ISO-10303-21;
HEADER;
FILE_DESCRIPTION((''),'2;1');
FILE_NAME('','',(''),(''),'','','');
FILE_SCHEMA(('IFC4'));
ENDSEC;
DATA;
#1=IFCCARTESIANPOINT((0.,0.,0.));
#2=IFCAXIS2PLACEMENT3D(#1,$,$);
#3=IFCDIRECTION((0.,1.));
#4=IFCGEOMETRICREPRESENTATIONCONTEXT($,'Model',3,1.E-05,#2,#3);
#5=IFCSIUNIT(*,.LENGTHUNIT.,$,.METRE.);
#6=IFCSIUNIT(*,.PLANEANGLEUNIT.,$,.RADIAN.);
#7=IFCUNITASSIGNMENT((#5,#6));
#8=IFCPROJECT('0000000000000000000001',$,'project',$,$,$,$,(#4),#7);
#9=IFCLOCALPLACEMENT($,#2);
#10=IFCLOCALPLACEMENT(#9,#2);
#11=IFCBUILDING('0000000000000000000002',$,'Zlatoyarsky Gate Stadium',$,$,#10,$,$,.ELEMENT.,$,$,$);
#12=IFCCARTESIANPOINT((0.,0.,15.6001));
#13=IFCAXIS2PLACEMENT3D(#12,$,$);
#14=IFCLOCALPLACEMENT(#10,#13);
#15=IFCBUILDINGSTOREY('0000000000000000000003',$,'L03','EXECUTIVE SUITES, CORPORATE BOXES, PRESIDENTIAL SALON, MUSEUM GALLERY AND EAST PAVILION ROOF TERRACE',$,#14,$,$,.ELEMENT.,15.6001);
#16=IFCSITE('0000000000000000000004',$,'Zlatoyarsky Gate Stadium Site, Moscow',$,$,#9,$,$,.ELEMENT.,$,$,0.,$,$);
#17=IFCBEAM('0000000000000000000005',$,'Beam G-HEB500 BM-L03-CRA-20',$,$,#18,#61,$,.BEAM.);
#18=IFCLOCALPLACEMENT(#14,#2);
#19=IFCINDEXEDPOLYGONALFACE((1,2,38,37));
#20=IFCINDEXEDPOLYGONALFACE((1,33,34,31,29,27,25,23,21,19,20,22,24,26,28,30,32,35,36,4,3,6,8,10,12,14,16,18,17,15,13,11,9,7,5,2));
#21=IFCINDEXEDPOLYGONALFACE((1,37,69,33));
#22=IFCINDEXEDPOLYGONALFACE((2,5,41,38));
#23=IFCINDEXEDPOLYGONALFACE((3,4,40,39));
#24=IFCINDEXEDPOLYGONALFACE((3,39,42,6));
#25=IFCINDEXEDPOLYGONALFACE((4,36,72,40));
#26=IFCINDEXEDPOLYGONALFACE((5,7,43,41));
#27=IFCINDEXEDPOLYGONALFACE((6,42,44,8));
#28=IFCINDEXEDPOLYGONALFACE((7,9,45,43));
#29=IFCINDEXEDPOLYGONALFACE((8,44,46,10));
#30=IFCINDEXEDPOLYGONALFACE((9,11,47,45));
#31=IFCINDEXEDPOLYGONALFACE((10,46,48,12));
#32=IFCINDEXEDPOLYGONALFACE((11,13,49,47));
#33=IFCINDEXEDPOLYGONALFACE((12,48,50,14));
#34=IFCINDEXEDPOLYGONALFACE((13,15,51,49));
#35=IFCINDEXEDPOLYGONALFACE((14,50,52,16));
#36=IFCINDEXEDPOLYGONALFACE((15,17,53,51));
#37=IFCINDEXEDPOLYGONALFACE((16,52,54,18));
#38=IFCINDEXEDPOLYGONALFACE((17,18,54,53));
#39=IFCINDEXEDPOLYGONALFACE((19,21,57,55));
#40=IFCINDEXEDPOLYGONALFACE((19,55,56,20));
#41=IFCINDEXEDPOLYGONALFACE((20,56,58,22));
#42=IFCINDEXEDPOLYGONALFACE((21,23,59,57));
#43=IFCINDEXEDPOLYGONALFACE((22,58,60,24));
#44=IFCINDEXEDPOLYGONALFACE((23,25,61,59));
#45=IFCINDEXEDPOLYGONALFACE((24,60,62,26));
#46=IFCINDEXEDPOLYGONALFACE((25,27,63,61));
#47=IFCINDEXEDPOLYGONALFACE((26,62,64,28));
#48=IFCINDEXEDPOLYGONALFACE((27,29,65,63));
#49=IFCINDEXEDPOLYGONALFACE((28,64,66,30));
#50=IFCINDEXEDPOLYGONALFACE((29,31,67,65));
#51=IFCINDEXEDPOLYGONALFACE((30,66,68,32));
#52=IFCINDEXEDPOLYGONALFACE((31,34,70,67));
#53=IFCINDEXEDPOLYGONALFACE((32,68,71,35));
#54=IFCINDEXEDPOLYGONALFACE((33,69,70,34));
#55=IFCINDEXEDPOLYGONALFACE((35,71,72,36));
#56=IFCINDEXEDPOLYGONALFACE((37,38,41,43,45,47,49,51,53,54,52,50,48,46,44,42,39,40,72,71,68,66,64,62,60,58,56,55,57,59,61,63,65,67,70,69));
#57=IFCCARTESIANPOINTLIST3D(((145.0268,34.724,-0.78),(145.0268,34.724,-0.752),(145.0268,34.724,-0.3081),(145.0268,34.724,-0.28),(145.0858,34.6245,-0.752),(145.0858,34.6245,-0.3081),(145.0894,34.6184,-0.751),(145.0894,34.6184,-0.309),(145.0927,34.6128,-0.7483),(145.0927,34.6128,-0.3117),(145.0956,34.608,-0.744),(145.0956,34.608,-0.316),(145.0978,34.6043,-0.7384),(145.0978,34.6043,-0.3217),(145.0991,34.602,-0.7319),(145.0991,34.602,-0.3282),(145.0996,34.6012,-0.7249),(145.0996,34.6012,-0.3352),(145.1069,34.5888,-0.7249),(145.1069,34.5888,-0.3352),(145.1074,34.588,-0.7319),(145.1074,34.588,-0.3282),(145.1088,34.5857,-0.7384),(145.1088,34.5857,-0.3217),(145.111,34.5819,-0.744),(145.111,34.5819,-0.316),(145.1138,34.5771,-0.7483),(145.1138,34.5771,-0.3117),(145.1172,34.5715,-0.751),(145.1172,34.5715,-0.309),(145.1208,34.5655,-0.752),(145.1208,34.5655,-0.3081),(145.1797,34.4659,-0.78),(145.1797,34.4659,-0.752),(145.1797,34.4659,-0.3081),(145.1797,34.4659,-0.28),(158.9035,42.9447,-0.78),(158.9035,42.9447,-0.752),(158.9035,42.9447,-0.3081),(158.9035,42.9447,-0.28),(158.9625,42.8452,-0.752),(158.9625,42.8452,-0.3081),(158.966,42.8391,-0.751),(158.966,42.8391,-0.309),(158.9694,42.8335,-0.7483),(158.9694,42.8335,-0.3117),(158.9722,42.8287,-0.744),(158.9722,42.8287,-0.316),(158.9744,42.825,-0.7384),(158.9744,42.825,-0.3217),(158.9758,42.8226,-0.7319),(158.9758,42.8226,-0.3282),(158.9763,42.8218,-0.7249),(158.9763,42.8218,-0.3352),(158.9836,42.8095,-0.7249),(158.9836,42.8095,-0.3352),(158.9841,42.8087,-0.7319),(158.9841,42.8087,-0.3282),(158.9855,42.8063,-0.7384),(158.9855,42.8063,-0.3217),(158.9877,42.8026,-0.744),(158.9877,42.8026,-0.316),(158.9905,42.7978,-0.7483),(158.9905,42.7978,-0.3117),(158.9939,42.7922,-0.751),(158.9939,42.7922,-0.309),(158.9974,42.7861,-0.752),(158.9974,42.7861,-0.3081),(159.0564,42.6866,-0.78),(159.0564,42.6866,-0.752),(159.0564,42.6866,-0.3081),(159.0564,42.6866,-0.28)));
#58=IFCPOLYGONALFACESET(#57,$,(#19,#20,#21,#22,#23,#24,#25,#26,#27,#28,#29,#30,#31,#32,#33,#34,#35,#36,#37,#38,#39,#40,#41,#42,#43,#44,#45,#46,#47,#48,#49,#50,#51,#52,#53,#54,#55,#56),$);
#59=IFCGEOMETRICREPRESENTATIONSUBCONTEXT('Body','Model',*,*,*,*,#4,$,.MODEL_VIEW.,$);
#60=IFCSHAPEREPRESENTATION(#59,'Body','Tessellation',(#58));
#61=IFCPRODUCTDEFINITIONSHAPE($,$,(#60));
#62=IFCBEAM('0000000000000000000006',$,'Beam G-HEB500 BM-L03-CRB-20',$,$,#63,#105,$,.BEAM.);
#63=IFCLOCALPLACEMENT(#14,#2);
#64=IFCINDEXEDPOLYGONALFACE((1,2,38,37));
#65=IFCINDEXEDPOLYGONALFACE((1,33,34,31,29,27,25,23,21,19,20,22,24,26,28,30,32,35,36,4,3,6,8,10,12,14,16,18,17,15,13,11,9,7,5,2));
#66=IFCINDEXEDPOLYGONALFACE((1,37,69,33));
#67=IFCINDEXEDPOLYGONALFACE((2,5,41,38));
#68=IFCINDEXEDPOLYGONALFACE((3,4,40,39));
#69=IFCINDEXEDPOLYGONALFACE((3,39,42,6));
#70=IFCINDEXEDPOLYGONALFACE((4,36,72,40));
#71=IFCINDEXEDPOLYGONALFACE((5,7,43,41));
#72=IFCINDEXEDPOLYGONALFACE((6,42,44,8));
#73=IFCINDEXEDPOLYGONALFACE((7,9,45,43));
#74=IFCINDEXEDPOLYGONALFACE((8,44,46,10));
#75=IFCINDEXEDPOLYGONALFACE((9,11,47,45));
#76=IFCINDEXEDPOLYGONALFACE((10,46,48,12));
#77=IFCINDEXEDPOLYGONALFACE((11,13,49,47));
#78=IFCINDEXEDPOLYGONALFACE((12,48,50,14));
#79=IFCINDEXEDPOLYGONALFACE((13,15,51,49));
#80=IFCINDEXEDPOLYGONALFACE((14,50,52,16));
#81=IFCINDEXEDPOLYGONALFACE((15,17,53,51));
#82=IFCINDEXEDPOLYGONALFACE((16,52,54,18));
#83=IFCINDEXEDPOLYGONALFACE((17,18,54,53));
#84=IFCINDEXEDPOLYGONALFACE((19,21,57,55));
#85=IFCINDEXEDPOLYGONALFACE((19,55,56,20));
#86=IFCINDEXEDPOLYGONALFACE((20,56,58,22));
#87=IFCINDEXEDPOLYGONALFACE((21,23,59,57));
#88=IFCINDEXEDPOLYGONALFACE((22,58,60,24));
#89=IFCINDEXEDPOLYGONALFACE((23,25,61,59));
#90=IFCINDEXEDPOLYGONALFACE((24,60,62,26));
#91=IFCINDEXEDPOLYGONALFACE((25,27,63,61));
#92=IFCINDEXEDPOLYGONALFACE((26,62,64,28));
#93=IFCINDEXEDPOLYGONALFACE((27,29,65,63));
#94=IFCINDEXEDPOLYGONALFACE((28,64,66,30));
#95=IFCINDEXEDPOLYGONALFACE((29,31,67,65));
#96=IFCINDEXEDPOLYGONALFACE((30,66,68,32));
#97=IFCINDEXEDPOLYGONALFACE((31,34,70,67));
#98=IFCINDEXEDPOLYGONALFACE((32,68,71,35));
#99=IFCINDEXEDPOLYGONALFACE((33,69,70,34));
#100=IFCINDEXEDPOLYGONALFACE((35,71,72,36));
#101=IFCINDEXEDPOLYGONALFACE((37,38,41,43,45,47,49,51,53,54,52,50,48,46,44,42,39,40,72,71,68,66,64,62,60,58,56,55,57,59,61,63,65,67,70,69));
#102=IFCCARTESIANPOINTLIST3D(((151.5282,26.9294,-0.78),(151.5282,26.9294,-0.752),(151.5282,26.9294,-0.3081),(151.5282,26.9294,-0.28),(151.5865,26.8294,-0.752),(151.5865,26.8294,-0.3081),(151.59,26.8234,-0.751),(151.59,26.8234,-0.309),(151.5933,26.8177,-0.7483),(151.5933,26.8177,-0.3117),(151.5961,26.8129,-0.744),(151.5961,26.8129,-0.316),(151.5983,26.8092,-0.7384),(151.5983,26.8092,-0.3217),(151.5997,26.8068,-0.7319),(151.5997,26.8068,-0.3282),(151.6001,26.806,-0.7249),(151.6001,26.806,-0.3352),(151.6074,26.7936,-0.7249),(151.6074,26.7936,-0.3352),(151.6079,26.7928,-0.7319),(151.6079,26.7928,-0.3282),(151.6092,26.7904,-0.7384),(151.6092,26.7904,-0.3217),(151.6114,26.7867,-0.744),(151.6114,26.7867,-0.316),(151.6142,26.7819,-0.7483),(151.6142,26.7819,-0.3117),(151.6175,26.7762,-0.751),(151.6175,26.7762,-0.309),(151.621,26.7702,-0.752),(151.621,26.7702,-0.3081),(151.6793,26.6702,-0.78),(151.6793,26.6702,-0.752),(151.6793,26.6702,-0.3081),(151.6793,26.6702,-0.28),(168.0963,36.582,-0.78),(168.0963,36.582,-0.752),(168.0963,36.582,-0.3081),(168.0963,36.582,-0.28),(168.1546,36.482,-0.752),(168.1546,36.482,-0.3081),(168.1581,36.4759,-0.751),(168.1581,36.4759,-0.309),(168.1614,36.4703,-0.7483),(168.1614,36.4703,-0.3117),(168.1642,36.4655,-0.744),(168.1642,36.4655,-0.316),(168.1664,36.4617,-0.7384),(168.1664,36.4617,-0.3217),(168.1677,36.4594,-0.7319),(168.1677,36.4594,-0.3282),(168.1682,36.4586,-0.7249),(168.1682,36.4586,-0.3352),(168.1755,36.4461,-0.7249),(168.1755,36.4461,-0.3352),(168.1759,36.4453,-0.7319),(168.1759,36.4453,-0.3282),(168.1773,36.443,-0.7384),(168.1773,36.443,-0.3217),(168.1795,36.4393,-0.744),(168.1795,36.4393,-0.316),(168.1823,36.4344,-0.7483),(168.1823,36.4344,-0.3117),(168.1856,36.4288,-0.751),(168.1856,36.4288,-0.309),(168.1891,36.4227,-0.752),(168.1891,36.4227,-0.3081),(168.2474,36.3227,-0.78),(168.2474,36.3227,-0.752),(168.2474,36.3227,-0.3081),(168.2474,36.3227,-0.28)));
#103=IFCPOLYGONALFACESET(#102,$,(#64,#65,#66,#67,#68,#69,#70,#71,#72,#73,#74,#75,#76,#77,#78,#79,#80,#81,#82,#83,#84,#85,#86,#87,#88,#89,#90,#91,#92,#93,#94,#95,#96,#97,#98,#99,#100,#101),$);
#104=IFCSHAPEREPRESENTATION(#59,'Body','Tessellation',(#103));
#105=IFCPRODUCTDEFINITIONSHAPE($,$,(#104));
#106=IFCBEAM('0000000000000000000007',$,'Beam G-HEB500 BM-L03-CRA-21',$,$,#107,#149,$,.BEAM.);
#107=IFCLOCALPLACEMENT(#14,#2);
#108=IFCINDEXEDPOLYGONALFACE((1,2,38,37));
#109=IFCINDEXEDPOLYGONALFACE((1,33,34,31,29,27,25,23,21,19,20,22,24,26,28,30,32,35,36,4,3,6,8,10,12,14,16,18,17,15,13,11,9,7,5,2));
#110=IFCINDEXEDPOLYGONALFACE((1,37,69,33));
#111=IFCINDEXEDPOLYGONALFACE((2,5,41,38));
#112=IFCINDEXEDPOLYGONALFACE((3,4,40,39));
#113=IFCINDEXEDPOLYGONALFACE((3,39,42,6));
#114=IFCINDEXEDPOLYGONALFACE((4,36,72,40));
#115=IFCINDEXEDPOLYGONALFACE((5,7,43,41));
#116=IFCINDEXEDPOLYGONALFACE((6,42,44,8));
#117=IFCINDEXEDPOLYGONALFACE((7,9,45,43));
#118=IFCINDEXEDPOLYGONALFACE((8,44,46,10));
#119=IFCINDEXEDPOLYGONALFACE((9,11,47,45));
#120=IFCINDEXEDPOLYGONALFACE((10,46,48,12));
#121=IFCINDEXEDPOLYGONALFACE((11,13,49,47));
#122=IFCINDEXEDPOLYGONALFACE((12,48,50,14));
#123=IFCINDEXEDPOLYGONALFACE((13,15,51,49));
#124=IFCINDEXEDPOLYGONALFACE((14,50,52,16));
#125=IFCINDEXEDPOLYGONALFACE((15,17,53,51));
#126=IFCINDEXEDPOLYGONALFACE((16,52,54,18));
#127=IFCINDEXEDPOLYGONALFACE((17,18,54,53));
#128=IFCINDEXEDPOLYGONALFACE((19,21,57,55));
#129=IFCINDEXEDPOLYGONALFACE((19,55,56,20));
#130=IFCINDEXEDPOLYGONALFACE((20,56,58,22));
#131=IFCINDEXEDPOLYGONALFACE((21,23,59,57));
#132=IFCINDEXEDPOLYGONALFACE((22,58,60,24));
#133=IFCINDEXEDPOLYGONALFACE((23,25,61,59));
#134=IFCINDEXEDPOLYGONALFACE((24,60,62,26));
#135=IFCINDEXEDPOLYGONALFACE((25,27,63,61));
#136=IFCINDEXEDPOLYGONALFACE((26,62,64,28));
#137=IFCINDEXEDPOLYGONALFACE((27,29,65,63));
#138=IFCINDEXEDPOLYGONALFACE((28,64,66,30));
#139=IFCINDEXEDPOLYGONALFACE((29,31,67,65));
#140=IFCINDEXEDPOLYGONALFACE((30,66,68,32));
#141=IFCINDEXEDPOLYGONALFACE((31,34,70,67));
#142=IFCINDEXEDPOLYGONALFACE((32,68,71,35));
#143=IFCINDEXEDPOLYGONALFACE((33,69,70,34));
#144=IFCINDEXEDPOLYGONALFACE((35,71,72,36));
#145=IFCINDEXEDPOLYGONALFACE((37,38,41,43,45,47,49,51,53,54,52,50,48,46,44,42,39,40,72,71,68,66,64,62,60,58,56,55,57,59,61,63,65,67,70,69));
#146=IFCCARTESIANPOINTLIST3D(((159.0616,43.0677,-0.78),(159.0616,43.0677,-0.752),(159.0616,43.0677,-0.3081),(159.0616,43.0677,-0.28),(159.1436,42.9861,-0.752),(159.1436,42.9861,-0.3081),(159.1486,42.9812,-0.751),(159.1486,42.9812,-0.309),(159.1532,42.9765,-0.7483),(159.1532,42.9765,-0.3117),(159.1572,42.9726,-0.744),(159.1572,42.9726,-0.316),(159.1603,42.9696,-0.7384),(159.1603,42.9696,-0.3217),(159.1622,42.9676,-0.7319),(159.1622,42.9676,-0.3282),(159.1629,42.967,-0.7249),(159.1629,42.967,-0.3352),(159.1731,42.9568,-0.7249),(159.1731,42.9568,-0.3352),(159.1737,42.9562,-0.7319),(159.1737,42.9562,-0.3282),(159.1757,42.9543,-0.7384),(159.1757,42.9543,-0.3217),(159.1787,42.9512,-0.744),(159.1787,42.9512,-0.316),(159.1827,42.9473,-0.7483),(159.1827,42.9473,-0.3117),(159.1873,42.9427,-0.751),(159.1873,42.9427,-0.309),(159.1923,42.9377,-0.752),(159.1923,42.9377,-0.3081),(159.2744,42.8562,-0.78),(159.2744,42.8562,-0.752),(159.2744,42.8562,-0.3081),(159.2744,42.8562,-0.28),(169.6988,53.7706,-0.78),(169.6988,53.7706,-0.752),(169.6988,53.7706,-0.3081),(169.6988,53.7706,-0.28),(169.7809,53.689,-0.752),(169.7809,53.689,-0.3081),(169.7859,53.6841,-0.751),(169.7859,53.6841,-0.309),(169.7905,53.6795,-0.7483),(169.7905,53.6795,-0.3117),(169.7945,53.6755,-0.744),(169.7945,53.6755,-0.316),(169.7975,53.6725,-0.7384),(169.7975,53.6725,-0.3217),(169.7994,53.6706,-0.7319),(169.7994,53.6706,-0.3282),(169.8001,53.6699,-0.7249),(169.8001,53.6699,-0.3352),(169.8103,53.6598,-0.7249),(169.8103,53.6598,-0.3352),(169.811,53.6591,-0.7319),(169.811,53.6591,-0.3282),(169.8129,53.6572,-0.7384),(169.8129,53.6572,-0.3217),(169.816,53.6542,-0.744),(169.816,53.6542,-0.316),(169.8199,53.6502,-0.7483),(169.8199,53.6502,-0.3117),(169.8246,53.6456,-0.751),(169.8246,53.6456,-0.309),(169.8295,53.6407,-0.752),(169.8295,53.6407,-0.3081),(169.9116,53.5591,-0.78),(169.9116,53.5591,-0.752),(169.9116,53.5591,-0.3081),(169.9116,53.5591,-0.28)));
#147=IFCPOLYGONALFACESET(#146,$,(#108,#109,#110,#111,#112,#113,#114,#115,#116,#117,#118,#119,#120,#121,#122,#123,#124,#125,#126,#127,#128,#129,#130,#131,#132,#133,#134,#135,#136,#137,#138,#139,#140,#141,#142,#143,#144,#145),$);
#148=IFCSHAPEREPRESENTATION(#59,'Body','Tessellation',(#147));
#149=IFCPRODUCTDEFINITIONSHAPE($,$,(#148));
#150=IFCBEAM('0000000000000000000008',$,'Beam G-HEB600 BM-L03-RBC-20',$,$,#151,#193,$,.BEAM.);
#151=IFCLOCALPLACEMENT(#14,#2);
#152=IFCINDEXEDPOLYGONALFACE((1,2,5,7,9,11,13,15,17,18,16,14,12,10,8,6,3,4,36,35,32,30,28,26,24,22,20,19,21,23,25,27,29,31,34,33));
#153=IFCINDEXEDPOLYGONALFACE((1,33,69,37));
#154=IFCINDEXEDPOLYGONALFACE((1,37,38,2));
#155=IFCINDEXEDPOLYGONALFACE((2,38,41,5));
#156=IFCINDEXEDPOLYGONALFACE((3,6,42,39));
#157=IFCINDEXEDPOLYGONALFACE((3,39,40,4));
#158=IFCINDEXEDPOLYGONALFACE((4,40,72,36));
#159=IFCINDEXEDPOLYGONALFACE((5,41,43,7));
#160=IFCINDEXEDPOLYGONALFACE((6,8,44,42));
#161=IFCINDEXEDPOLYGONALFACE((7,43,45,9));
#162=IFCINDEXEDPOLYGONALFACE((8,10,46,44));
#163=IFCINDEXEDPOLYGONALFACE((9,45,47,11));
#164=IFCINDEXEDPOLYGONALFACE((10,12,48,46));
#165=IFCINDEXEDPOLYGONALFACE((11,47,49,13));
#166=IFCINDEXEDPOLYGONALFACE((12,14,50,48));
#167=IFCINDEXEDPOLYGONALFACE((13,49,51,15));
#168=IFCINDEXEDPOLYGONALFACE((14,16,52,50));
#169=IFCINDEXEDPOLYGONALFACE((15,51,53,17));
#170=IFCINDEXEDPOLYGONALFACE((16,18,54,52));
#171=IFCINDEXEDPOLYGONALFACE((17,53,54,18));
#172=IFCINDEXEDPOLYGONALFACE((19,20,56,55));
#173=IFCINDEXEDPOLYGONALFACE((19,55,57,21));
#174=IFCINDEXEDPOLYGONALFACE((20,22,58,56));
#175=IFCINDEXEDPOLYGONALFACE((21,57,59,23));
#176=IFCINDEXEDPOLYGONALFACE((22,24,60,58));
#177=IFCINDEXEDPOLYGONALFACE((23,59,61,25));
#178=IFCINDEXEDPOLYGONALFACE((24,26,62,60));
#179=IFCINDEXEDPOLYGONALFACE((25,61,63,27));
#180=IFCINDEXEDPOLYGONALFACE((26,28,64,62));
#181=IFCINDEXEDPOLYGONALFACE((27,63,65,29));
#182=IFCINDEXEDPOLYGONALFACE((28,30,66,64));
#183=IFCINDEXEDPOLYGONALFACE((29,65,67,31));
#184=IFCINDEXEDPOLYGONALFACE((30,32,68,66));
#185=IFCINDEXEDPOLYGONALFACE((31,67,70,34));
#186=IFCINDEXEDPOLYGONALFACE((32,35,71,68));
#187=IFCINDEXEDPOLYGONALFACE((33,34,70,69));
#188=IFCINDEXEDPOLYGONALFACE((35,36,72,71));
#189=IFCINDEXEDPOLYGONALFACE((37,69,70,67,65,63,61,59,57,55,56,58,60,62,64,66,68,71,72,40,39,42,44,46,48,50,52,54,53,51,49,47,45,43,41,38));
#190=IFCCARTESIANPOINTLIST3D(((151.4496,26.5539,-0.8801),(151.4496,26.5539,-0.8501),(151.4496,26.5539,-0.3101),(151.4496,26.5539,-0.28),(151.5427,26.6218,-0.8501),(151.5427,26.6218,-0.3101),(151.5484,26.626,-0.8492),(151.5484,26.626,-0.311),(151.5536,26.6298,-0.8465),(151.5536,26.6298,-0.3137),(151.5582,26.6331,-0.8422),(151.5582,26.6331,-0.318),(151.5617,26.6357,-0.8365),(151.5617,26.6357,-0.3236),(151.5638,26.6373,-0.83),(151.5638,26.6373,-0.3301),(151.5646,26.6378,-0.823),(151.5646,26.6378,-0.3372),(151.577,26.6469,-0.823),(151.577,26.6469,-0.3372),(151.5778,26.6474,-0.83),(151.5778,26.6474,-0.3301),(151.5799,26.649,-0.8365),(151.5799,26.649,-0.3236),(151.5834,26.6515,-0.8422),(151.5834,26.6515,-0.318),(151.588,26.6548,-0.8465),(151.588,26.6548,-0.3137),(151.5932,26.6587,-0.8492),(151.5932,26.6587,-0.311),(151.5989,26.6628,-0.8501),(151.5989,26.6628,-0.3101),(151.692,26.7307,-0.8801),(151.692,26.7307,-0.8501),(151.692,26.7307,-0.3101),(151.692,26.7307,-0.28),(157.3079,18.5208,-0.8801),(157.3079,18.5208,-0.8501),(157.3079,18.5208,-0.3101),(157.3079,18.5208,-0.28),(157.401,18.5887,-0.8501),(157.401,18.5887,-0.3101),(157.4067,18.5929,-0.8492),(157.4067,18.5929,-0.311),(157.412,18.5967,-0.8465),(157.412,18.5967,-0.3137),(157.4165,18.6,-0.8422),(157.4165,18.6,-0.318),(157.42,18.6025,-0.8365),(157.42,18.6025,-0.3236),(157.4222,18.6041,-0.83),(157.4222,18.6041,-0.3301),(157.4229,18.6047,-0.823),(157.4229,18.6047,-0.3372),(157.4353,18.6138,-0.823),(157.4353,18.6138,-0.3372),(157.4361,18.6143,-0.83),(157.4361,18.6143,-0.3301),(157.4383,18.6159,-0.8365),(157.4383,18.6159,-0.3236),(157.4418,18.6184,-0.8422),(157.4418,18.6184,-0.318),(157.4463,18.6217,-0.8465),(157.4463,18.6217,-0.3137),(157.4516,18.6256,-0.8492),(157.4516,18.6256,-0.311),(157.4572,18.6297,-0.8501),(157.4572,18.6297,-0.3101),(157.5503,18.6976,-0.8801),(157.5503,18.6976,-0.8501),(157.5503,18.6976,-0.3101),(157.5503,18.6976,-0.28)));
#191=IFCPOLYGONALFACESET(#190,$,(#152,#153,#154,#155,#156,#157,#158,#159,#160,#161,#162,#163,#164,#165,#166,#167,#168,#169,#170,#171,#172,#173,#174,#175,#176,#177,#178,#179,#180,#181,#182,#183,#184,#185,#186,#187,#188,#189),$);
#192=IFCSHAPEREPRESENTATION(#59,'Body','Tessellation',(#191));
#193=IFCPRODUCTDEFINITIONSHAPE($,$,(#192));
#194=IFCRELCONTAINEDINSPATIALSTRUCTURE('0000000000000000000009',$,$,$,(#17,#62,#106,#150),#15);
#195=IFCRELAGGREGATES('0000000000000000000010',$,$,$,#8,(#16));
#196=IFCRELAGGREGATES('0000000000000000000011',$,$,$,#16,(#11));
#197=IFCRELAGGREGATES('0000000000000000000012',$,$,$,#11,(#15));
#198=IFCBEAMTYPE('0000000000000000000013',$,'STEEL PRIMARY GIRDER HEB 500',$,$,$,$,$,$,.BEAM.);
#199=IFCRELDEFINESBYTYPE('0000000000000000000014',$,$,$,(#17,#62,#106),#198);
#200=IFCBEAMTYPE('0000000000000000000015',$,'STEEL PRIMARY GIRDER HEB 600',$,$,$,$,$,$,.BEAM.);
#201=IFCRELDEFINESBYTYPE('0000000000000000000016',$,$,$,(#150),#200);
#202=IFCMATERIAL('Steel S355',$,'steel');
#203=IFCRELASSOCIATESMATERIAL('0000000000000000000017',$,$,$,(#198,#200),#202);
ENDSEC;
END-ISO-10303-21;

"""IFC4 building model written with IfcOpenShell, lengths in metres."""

from ifc_helpers import new_model, si_unit, direction, frame, origin, origin_2d, place, context, subcontext, project, spatial, i_section, extrude, material, material_profile, profile_set, type_object, element, save


model = new_model("IFC4")

# Units and contexts
model_context = context("Model", 3, precision=1e-05, world=origin(), true_north=direction((0.0, 1.0)))
body_context = subcontext(model_context, "Body", "Model", "MODEL_VIEW")
ifc_project = project(units=[si_unit("LENGTHUNIT", "METRE"), si_unit("PLANEANGLEUNIT", "RADIAN")], contexts=[model_context])

# Site, building, storey
site_placement = place(None, origin())
site = spatial("IfcSite", under=ifc_project, at=site_placement, Name="Zlatoyarsky Gate Stadium Site, Moscow", CompositionType="ELEMENT", RefElevation=0.0)
building_placement = place(site_placement, origin())
building = spatial("IfcBuilding", under=site, at=building_placement, Name="Zlatoyarsky Gate Stadium", CompositionType="ELEMENT")
storey_placement = place(building_placement, frame((0.0, 0.0, 15.6001)))
storey = spatial("IfcBuildingStorey", under=building, at=storey_placement, Name="L03", Description="EXECUTIVE SUITES, CORPORATE BOXES, PRESIDENTIAL SALON, MUSEUM GALLERY AND EAST PAVILION ROOF TERRACE", CompositionType="ELEMENT", Elevation=15.6001)

# Shared definitions
ifc_material_1 = material(Name="Steel S355", Category="steel")

# Beams
ifc_material_profile_1 = material_profile(ifc_material_1, i_section(OverallWidth=0.3, OverallDepth=0.5, WebThickness=0.0144, FlangeThickness=0.0281, FilletRadius=0.0271, at=origin_2d()), Name="HEB 500")
ifc_profile_set_1 = profile_set([ifc_material_profile_1], Name="Steel S355")
beam_type_1 = type_object("IfcBeamType", Name="STEEL PRIMARY GIRDER HEB 500", PredefinedType="BEAM", material=ifc_profile_set_1)
beam_1_placement = place(storey_placement, frame((145.1033, 34.595, -0.53), z_axis=(0.86036, 0.509686, 0.0), x_axis=(-0.509686, 0.86036, 0.0)))
element("IfcBeam", 1, at=beam_1_placement, inside=storey, type_object=beam_type_1, Name="Beam G-HEB500 BM-L03-CRA-20", PredefinedType="BEAM", context=body_context, shape_type="SweptSolid", body=[
    extrude(i_section(OverallWidth=0.3, OverallDepth=0.5, WebThickness=0.0144, FlangeThickness=0.0281, FilletRadius=0.0271, at=origin_2d()), origin(), (0.0, 0.0, 1.0), 16.1289),
])
beam_2_placement = place(storey_placement, frame((151.6038, 26.7998, -0.53), z_axis=(0.864054, 0.503398, 0.0), x_axis=(-0.503398, 0.864054, 0.0)))
element("IfcBeam", 2, at=beam_2_placement, inside=storey, type_object=beam_type_1, Name="Beam G-HEB500 BM-L03-CRB-20", PredefinedType="BEAM", context=body_context, shape_type="SweptSolid", body=[
    extrude(i_section(OverallWidth=0.3, OverallDepth=0.5, WebThickness=0.0144, FlangeThickness=0.0281, FilletRadius=0.0271, at=origin_2d()), origin(), (0.0, 0.0, 1.0), 19.1748),
])
beam_3_placement = place(storey_placement, frame((159.168, 42.9619, -0.53), z_axis=(0.704927, 0.70928, 0.0), x_axis=(-0.70928, 0.704927, 0.0)))
element("IfcBeam", 3, at=beam_3_placement, inside=storey, type_object=beam_type_1, Name="Beam G-HEB500 BM-L03-CRA-21", PredefinedType="BEAM", context=body_context, shape_type="SweptSolid", body=[
    extrude(i_section(OverallWidth=0.3, OverallDepth=0.5, WebThickness=0.0144, FlangeThickness=0.0281, FilletRadius=0.0271, at=origin_2d()), origin(), (0.0, 0.0, 1.0), 15.0898),
])
ifc_material_profile_2 = material_profile(ifc_material_1, i_section(OverallWidth=0.3, OverallDepth=0.6001, WebThickness=0.0154, FlangeThickness=0.03, FilletRadius=0.0271, at=origin_2d()), Name="HEB 600")
ifc_profile_set_2 = profile_set([ifc_material_profile_2], Name="Steel S355")
beam_type_2 = type_object("IfcBeamType", Name="STEEL PRIMARY GIRDER HEB 600", PredefinedType="BEAM", material=ifc_profile_set_2)
beam_4_placement = place(storey_placement, frame((151.5708, 26.6423, -0.5801), z_axis=(0.589228, -0.807967, 0.0), x_axis=(0.807967, 0.589228, 0.0)))
element("IfcBeam", 4, at=beam_4_placement, inside=storey, type_object=beam_type_2, Name="Beam G-HEB600 BM-L03-RBC-20", PredefinedType="BEAM", context=body_context, shape_type="SweptSolid", body=[
    extrude(i_section(OverallWidth=0.3, OverallDepth=0.6001, WebThickness=0.0154, FlangeThickness=0.03, FilletRadius=0.0271, at=origin_2d()), origin(), (0.0, 0.0, 1.0), 9.9424),
])

save(model, "model.ifc")
